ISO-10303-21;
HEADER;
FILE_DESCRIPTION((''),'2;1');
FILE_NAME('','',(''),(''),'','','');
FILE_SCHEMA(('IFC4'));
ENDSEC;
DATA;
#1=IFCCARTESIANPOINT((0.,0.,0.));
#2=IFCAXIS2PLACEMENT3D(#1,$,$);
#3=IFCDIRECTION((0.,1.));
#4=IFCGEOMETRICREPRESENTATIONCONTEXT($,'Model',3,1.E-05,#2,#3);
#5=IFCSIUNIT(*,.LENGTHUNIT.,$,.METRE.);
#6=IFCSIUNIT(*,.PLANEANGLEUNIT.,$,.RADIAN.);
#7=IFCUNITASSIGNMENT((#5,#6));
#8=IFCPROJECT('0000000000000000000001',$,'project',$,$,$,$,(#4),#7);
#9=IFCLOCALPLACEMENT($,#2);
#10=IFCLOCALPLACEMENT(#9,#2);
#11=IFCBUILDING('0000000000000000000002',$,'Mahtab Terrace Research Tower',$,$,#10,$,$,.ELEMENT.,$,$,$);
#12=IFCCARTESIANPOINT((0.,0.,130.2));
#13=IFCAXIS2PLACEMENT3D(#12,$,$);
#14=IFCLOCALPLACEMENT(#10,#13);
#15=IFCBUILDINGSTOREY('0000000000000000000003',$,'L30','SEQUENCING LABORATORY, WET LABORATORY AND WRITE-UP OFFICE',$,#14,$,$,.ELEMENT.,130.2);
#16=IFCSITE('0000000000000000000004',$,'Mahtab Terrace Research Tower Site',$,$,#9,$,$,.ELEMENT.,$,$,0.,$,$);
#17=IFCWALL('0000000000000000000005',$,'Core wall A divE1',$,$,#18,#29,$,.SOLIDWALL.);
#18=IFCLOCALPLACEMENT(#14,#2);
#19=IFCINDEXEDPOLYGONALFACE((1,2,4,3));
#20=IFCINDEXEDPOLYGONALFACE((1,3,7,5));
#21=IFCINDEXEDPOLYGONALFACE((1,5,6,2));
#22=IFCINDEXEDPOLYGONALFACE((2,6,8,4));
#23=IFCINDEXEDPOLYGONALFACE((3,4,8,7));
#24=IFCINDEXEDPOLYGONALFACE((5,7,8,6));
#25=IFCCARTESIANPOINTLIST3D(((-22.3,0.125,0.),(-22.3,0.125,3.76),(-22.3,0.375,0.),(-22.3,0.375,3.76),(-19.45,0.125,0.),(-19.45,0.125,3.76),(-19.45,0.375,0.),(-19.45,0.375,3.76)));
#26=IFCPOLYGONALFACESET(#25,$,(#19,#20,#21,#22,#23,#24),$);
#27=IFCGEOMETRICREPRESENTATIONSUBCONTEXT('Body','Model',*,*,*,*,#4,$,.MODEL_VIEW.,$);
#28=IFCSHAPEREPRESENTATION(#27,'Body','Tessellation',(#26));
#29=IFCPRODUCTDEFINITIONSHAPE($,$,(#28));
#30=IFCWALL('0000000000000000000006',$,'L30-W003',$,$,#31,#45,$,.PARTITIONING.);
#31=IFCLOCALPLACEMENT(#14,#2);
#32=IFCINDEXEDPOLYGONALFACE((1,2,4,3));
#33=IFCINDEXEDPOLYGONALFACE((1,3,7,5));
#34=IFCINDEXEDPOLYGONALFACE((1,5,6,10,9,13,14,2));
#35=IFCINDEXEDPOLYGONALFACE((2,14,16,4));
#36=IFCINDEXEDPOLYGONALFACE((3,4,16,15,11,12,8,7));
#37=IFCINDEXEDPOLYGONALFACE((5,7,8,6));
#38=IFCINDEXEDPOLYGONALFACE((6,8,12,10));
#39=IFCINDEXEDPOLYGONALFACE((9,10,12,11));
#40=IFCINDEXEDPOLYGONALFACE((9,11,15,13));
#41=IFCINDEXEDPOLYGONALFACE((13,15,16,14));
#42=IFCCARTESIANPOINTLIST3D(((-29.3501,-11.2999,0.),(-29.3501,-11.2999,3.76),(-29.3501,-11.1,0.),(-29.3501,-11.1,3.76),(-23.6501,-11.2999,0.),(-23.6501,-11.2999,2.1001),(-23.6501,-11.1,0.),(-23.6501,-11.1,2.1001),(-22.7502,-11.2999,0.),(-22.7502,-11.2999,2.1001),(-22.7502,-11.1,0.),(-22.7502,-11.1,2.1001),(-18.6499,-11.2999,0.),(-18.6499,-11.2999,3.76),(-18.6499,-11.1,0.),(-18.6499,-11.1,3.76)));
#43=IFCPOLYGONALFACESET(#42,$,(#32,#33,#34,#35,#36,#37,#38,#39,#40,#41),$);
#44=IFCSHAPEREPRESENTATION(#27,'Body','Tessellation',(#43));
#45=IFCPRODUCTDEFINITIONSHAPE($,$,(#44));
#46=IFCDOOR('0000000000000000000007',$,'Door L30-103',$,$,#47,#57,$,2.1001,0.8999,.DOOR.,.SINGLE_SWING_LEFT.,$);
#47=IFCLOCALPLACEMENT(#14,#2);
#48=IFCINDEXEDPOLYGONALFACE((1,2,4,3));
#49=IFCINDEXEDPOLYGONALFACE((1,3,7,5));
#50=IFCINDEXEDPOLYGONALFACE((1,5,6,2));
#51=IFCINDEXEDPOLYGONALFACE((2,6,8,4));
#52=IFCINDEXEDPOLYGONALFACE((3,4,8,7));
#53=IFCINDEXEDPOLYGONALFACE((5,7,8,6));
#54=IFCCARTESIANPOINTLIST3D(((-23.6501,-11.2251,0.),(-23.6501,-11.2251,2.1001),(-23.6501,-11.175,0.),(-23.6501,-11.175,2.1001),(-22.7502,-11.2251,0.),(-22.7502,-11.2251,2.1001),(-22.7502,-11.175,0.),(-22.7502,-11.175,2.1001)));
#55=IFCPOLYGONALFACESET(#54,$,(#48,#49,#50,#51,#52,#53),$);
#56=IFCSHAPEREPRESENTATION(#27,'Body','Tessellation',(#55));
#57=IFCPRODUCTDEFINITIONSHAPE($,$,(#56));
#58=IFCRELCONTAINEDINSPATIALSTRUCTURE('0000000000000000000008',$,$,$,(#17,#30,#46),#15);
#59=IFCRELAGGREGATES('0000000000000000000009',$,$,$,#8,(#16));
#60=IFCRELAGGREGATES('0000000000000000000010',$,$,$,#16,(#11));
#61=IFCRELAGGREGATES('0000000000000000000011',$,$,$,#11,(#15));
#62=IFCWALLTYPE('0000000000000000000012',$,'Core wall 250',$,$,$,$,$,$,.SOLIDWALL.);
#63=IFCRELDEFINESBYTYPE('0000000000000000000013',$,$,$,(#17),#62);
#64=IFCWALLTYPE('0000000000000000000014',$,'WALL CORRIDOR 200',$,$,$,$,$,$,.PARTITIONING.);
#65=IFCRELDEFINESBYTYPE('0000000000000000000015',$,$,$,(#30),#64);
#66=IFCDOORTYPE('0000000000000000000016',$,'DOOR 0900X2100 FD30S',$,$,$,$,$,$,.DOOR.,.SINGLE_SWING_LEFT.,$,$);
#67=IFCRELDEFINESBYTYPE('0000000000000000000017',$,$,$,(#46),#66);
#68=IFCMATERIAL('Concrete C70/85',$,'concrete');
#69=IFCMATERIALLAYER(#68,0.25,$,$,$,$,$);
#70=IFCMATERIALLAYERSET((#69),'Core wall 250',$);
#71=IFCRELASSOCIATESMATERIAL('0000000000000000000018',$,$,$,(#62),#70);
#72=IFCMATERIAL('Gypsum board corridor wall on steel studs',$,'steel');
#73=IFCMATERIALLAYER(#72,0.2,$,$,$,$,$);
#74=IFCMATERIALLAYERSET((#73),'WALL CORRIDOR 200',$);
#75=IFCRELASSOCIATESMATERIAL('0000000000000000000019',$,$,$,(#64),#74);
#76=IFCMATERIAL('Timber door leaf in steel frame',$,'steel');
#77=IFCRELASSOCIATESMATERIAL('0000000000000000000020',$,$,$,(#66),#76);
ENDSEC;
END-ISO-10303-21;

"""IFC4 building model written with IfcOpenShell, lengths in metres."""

from ifc_helpers import new_model, si_unit, direction, frame, frame_2d, origin, place, context, subcontext, project, spatial, rectangle, extrude, material, layer, layer_set, type_object, element, fill, save


model = new_model("IFC4")

# Units and contexts
model_context = context("Model", 3, precision=1e-05, world=origin(), true_north=direction((0.0, 1.0)))
body_context = subcontext(model_context, "Body", "Model", "MODEL_VIEW")
ifc_project = project(units=[si_unit("LENGTHUNIT", "METRE"), si_unit("PLANEANGLEUNIT", "RADIAN")], contexts=[model_context])

# Site, building, storey
site_placement = place(None, origin())
site = spatial("IfcSite", under=ifc_project, at=site_placement, Name="Mahtab Terrace Research Tower Site", CompositionType="ELEMENT", RefElevation=0.0)
building_placement = place(site_placement, origin())
building = spatial("IfcBuilding", under=site, at=building_placement, Name="Mahtab Terrace Research Tower", CompositionType="ELEMENT")
storey_placement = place(building_placement, frame((0.0, 0.0, 130.2)))
storey = spatial("IfcBuildingStorey", under=building, at=storey_placement, Name="L30", Description="SEQUENCING LABORATORY, WET LABORATORY AND WRITE-UP OFFICE", CompositionType="ELEMENT", Elevation=130.2)

# Shared definitions
ifc_material_1 = material(Name="Concrete C70/85", Category="concrete")

# Shared definitions
ifc_layer_1 = layer(ifc_material_1, 0.25)
ifc_layer_set_1 = layer_set([ifc_layer_1], Name="Core wall 250")
wall_type_1 = type_object("IfcWallType", Name="Core wall 250", PredefinedType="SOLIDWALL", material=ifc_layer_set_1)

# Wall
for number, where, z_axis, x_axis, name in (
    (1, (-22.3, 0.25, 0.0), (0.0, 0.0, 1.0), (1.0, 0.0, 0.0), "Core wall A divE1"),
):
    element("IfcWall", number, at=place(storey_placement, frame(where, z_axis=z_axis, x_axis=x_axis)), inside=storey, type_object=wall_type_1, Name=name, PredefinedType="SOLIDWALL", context=body_context, shape_type="SweptSolid", body=[
        extrude(rectangle(XDim=2.8501, YDim=0.25, at=frame_2d((1.425, 0.0))), origin(), (0.0, 0.0, 1.0), 3.76),
    ])

# Wall, opening, door
ifc_material_2 = material(Name="Gypsum board corridor wall on steel studs", Category="steel")
ifc_layer_2 = layer(ifc_material_2, 0.2)
ifc_layer_set_2 = layer_set([ifc_layer_2], Name="WALL CORRIDOR 200")
wall_type_2 = type_object("IfcWallType", Name="WALL CORRIDOR 200", PredefinedType="PARTITIONING", material=ifc_layer_set_2)
wall_1_placement = place(storey_placement, frame((-29.3501, -11.2, 0.0), z_axis=(0.0, 0.0, 1.0), x_axis=(1.0, 0.0, 0.0)))
wall_1 = element("IfcWall", 2, at=wall_1_placement, inside=storey, type_object=wall_type_2, Name="L30-W003", PredefinedType="PARTITIONING", context=body_context, shape_type="SweptSolid", body=[
    extrude(rectangle(XDim=10.7002, YDim=0.2, at=frame_2d((5.3501, 0.0))), origin(), (0.0, 0.0, 1.0), 3.76),
])
opening_1_placement = place(wall_1_placement, frame((5.7, 0.0, 0.0)))
opening_1 = element("IfcOpeningElement", 3, at=opening_1_placement, cuts=wall_1, PredefinedType="OPENING", context=body_context, shape_type="SweptSolid", body=[
    extrude(rectangle(XDim=0.8999, YDim=2.1001, at=frame_2d((0.45, 1.05))), frame((0.0, 0.1099, 0.0), z_axis=(0.0, -1.0, 0.0), x_axis=(1.0, 0.0, 0.0)), (0.0, 0.0, 1.0), 0.22),
])
ifc_material_3 = material(Name="Timber door leaf in steel frame", Category="steel")
door_type_1 = type_object("IfcDoorType", Name="DOOR 0900X2100 FD30S", OperationType="SINGLE_SWING_LEFT", PredefinedType="DOOR", material=ifc_material_3)
door_1_placement = place(opening_1_placement, origin())
door_1 = element("IfcDoor", 4, at=door_1_placement, inside=storey, type_object=door_type_1, Name="Door L30-103", OperationType="SINGLE_SWING_LEFT", OverallHeight=2.1001, OverallWidth=0.8999, PredefinedType="DOOR", context=body_context, shape_type="SweptSolid", body=[
    extrude(rectangle(XDim=0.8999, YDim=2.1001, at=frame_2d((0.45, 1.05))), frame((0.0, 0.0249, 0.0), z_axis=(0.0, -1.0, 0.0), x_axis=(1.0, 0.0, 0.0)), (0.0, 0.0, 1.0), 0.05),
])
fill(opening_1, door_1)

save(model, "model.ifc")
